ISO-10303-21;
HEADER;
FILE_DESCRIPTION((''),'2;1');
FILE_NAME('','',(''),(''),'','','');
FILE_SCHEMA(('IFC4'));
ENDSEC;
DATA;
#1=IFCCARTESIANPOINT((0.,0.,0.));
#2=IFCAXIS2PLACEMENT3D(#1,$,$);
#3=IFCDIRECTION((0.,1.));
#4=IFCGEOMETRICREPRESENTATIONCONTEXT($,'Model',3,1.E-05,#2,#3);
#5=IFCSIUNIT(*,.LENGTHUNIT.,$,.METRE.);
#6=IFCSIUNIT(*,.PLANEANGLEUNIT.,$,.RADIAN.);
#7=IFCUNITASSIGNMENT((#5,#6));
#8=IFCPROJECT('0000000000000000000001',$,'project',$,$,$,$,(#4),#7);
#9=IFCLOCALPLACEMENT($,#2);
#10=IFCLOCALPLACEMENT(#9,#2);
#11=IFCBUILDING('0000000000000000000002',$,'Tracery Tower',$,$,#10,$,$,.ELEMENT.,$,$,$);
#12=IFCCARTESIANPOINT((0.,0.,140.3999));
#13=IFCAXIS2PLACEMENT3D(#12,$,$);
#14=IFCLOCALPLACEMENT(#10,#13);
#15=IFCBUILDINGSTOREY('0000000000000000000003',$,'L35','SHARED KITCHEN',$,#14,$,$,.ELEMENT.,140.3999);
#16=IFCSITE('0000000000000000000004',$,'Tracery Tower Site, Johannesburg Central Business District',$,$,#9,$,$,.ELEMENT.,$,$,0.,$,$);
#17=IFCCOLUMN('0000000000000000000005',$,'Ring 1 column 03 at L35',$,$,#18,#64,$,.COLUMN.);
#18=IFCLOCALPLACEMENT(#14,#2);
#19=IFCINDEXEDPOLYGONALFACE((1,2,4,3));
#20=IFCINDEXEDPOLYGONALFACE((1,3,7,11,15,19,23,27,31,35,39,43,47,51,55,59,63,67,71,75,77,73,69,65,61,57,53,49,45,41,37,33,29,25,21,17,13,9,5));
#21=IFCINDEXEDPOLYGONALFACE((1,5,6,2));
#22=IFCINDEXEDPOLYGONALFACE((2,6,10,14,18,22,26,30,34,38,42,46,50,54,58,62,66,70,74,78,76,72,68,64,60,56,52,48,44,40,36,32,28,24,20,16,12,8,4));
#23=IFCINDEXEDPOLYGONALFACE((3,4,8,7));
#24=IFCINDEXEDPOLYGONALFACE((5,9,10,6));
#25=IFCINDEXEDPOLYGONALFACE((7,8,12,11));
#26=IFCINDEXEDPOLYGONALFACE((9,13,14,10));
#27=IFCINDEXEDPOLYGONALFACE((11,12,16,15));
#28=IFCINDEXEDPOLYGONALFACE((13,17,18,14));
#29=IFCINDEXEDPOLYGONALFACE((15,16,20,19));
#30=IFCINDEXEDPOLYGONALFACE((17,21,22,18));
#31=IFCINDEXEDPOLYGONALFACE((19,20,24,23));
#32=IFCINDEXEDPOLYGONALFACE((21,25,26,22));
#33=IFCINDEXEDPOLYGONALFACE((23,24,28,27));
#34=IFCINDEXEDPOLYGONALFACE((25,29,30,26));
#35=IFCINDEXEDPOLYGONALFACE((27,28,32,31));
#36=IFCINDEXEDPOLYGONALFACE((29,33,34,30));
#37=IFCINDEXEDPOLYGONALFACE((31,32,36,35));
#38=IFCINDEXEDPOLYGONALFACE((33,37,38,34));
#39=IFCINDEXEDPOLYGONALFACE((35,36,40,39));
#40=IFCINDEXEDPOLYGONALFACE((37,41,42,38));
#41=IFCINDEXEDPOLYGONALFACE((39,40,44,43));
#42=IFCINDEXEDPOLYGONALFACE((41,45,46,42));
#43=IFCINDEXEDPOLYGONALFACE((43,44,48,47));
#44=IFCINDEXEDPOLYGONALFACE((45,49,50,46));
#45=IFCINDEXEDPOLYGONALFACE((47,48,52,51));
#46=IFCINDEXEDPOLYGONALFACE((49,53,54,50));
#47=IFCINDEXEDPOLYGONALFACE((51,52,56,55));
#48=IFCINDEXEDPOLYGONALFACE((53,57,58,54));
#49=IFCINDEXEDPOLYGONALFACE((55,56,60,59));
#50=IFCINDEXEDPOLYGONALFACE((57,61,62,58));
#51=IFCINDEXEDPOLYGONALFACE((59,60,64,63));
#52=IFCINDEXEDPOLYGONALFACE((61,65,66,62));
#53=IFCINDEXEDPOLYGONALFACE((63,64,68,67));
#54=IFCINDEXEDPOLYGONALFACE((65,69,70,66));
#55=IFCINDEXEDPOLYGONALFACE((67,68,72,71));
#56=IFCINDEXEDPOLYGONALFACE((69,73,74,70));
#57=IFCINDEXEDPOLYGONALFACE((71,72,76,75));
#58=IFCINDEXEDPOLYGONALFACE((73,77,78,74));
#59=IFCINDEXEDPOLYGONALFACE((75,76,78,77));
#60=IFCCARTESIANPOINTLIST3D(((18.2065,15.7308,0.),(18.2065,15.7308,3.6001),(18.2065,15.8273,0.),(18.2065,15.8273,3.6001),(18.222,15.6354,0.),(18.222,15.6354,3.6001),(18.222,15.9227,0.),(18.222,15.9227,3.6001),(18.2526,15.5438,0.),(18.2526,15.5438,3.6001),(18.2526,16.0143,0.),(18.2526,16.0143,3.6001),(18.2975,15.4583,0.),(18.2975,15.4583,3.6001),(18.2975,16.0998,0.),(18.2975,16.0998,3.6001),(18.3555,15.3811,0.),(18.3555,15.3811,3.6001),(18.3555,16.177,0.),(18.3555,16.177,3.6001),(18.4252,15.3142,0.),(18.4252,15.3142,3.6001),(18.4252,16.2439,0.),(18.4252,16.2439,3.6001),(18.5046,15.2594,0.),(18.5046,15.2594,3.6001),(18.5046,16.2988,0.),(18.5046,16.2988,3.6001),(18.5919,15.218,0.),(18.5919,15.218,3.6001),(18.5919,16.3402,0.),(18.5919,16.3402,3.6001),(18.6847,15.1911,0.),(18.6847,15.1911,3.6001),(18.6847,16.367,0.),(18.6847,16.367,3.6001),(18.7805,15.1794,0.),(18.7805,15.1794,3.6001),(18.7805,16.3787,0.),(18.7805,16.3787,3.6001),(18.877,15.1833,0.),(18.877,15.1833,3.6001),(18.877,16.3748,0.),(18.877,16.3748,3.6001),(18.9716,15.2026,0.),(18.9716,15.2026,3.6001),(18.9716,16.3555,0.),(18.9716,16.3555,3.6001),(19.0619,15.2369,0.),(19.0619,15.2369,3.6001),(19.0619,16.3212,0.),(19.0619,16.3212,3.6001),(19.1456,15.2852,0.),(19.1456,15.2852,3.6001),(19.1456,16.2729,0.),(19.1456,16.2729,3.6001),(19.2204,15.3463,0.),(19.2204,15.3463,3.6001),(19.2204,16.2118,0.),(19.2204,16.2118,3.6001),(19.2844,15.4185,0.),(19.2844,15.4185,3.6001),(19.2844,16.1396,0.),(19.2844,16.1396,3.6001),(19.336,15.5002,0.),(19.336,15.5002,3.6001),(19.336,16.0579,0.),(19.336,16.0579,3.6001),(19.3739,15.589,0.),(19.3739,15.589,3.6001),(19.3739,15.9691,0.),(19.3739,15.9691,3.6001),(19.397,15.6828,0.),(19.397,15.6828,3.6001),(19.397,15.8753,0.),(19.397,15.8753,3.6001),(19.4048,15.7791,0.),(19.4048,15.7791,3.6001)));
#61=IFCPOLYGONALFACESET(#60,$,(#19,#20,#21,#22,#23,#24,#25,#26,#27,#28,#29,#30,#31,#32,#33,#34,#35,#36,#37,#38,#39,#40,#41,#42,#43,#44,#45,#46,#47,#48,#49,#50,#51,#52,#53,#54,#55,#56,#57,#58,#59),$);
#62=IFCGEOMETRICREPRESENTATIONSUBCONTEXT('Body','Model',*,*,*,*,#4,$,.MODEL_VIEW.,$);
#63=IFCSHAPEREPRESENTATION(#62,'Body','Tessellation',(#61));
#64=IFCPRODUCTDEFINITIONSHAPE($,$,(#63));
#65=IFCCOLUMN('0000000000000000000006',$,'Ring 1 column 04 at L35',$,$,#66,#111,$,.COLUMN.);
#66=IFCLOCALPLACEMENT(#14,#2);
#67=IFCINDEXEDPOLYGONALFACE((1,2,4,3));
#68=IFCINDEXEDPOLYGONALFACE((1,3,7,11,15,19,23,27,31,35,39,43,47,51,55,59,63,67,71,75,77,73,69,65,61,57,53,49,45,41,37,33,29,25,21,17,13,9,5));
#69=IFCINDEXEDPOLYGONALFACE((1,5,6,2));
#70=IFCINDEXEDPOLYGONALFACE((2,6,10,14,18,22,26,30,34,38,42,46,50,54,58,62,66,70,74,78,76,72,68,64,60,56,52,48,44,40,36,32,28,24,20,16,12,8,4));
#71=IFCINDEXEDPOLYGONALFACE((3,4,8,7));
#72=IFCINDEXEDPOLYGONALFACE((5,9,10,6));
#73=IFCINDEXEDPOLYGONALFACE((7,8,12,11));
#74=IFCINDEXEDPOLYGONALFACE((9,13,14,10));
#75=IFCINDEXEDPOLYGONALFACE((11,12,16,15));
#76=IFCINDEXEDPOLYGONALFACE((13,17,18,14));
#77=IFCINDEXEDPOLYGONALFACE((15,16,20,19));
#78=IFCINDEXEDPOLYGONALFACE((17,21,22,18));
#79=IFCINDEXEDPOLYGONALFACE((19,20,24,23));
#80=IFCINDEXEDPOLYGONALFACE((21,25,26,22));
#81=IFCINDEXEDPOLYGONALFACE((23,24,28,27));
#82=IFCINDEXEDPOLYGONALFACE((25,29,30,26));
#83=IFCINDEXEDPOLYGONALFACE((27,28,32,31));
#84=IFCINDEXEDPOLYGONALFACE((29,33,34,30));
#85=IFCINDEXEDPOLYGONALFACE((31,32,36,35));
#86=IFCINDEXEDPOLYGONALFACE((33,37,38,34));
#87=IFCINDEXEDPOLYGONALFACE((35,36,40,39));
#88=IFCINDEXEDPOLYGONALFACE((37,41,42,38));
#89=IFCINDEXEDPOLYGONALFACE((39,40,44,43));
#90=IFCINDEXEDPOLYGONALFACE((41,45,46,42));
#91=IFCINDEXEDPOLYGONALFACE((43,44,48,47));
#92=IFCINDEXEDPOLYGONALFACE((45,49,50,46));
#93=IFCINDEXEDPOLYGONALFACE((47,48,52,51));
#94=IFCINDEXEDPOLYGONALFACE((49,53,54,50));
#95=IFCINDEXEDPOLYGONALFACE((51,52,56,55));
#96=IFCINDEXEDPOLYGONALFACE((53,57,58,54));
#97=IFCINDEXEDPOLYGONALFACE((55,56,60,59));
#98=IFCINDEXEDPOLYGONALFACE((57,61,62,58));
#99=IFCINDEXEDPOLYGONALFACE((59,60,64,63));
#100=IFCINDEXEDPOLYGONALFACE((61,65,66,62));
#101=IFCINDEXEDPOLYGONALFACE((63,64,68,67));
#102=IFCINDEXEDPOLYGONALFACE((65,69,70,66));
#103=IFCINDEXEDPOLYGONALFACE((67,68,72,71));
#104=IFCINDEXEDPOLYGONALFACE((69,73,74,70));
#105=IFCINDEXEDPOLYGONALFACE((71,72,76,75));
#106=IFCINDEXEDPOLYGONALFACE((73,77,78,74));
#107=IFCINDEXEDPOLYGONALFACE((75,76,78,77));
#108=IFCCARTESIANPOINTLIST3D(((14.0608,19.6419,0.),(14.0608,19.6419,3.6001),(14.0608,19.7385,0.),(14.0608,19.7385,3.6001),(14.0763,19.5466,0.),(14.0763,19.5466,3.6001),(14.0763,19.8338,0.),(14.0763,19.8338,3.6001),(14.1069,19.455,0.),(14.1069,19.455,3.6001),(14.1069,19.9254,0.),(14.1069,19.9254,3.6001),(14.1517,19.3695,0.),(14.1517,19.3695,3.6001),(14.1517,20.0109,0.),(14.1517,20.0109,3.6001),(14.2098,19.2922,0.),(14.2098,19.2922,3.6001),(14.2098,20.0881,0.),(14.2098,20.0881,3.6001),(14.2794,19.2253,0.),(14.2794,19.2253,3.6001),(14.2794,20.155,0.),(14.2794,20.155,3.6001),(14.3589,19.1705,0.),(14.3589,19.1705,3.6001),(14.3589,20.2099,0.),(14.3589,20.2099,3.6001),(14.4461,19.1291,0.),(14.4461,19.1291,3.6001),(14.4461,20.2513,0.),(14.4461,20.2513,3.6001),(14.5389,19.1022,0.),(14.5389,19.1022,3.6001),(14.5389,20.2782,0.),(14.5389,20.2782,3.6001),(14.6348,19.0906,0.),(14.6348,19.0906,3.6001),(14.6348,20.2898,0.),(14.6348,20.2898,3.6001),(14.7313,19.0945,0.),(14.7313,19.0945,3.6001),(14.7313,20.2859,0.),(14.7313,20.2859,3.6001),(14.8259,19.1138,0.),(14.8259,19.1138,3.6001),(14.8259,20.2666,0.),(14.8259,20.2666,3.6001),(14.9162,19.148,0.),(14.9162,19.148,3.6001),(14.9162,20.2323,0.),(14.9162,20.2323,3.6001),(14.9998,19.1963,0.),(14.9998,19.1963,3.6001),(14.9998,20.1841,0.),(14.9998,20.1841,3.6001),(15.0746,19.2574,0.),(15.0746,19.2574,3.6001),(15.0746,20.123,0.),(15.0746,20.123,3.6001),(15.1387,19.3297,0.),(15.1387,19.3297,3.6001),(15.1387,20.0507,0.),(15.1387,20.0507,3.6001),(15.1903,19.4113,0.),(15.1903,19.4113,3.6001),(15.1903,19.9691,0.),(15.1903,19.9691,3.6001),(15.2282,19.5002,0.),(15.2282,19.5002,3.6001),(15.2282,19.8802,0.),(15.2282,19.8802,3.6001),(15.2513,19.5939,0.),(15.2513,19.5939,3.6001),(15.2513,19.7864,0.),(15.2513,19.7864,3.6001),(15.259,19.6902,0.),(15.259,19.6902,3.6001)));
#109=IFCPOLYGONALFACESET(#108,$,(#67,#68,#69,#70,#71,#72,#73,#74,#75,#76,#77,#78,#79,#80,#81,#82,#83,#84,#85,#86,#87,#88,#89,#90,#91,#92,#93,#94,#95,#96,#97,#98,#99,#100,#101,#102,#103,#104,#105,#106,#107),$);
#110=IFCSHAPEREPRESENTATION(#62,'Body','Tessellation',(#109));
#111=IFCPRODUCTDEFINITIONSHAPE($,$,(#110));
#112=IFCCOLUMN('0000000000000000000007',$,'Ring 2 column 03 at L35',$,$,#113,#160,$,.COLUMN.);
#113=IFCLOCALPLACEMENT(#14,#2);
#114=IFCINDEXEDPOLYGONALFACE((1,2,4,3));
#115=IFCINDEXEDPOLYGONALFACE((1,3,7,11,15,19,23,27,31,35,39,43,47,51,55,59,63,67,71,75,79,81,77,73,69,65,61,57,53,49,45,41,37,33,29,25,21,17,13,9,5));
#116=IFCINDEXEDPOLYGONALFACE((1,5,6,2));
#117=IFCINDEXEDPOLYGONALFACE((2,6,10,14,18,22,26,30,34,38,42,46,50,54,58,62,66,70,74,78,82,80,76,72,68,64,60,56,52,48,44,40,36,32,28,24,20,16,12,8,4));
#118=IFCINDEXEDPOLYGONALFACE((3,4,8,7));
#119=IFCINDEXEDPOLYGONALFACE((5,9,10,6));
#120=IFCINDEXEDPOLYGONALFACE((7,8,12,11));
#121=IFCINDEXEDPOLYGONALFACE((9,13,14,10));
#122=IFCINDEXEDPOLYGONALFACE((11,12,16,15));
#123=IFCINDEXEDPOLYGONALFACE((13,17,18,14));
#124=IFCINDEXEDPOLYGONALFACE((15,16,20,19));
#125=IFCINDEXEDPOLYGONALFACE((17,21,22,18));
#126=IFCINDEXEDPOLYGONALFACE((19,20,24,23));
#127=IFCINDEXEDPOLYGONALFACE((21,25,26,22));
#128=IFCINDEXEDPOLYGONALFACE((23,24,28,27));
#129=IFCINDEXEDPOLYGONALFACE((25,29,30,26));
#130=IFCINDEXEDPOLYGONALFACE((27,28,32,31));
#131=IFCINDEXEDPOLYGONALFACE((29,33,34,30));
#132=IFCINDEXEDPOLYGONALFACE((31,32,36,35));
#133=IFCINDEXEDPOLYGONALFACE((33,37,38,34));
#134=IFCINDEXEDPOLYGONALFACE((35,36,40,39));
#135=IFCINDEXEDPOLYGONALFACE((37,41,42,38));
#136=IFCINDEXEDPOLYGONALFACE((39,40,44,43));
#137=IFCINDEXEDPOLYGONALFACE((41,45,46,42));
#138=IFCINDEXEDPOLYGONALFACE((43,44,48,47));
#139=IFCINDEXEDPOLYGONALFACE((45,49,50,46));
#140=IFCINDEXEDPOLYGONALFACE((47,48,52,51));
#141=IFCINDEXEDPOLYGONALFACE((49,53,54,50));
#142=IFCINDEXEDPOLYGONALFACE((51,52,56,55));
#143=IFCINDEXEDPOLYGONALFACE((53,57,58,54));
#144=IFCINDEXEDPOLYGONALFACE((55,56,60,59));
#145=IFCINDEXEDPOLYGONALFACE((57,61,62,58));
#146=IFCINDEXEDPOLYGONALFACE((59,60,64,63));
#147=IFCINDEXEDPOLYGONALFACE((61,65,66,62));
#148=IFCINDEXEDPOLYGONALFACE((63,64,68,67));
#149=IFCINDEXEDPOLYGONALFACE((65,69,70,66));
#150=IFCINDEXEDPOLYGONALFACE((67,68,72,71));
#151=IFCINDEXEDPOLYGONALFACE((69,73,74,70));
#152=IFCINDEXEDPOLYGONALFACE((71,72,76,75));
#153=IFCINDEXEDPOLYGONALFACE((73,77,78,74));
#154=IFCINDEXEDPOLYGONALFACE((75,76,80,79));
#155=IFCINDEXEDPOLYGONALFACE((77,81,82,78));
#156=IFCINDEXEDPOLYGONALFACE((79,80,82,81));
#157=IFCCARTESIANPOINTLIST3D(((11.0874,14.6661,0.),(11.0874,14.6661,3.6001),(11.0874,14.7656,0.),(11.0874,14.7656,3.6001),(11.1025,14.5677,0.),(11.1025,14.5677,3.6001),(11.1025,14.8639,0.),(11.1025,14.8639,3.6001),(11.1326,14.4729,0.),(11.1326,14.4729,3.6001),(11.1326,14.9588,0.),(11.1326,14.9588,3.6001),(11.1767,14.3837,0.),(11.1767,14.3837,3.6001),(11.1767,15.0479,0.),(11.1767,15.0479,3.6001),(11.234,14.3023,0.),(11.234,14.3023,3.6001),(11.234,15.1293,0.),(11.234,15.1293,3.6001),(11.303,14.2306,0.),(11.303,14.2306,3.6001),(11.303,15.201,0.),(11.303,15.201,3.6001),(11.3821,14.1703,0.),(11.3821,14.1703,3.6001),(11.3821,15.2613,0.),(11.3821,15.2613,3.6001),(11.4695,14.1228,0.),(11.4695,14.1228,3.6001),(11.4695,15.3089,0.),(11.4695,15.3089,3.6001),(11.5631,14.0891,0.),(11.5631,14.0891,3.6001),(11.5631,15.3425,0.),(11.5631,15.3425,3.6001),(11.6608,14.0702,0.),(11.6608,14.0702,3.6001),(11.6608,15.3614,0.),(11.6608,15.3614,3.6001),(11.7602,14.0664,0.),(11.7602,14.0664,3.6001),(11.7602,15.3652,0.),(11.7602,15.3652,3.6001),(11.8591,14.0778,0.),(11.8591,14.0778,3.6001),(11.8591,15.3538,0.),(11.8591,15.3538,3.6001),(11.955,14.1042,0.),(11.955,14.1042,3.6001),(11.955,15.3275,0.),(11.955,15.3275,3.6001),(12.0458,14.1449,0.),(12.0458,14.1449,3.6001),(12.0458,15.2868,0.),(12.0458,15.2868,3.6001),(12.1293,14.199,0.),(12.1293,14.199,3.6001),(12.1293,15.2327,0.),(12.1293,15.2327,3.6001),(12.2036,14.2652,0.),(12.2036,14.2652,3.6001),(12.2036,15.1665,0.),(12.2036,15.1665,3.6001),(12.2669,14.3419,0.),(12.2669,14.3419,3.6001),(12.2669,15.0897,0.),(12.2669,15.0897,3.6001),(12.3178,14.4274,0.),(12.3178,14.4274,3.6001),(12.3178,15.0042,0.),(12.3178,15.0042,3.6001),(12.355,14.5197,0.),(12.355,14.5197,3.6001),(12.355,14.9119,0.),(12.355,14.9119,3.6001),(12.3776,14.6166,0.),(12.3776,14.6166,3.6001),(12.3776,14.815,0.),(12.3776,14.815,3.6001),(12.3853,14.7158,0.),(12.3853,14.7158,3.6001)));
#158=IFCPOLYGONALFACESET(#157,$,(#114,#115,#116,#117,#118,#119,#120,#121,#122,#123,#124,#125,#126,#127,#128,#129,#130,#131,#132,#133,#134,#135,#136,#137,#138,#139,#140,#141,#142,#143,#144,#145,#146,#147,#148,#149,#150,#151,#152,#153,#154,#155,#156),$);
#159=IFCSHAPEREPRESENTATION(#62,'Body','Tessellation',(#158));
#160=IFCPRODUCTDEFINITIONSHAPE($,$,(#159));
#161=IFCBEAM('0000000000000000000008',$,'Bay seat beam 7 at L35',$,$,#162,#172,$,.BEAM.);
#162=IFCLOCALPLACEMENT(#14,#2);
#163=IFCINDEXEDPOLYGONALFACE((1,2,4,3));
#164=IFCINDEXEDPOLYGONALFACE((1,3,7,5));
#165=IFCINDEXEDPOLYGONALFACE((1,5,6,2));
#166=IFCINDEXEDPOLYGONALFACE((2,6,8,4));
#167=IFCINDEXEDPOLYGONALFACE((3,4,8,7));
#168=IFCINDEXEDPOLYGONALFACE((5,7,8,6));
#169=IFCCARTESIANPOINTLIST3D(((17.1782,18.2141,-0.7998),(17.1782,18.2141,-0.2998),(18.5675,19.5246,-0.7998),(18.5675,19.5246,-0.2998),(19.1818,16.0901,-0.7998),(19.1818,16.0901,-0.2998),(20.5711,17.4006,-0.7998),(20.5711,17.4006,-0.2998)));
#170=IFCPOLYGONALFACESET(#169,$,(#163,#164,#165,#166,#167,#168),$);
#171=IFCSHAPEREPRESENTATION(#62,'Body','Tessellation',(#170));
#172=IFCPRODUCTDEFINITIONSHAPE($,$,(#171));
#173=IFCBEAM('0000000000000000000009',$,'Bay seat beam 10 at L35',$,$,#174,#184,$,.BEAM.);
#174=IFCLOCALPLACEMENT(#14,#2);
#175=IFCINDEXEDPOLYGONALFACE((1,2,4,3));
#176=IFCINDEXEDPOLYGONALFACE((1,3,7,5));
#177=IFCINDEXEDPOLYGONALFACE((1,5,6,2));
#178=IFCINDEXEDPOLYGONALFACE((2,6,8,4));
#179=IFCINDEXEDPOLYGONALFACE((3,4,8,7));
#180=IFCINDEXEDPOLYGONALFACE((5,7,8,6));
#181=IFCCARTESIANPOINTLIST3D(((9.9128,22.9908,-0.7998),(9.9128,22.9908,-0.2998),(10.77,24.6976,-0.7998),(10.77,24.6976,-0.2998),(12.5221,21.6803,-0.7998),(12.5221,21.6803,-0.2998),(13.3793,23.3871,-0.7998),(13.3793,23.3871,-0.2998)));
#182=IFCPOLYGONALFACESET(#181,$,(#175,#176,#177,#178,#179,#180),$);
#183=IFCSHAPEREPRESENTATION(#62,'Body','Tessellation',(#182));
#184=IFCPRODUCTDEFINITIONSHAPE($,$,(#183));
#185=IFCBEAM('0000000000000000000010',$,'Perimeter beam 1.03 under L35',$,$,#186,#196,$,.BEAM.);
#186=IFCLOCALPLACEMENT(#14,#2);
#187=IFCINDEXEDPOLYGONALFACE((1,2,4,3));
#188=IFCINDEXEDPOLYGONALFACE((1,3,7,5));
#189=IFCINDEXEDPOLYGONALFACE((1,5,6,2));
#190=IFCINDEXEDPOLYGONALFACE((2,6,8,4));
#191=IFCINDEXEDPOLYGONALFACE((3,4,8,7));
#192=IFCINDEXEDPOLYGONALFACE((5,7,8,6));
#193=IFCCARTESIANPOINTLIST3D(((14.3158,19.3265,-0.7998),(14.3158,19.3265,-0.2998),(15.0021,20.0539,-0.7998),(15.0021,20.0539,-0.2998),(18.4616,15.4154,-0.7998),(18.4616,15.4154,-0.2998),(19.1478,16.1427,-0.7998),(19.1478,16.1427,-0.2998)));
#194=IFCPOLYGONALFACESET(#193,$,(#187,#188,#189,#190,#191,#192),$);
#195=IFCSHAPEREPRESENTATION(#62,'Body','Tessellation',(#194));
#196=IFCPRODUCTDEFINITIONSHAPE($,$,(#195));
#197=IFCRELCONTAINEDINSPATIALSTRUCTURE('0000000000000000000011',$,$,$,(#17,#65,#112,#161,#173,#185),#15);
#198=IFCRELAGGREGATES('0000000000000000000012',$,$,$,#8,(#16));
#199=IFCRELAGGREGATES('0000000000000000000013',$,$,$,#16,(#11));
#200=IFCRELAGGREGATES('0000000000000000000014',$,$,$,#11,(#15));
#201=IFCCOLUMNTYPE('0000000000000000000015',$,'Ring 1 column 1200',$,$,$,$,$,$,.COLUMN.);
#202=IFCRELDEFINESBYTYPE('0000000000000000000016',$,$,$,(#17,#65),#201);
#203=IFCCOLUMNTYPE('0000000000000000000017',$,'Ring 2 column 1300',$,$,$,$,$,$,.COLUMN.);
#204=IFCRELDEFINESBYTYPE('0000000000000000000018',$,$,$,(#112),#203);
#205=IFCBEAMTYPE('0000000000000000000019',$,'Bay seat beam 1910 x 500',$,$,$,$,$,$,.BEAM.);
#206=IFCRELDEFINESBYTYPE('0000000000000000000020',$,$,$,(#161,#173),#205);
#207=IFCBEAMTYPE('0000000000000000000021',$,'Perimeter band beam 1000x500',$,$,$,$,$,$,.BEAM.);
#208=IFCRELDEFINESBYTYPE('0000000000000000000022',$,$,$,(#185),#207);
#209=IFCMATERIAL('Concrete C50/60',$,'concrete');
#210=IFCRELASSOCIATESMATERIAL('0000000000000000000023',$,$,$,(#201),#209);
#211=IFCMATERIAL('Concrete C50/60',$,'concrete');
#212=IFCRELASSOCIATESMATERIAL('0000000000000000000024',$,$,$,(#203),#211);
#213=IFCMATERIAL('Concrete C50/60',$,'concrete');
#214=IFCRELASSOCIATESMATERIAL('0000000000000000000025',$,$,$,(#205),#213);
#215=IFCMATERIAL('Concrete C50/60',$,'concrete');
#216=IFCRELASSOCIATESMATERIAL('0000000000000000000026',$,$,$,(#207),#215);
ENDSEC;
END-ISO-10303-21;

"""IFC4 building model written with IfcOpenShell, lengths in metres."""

from ifc_helpers import new_model, si_unit, direction, frame, origin, origin_2d, place, context, subcontext, project, spatial, rectangle, circle, extrude, material, material_profile, profile_set, type_object, element, save


model = new_model("IFC4")

# Units and contexts
model_context = context("Model", 3, precision=1e-05, world=origin(), true_north=direction((0.0, 1.0)))
body_context = subcontext(model_context, "Body", "Model", "MODEL_VIEW")
ifc_project = project(units=[si_unit("LENGTHUNIT", "METRE"), si_unit("PLANEANGLEUNIT", "RADIAN")], contexts=[model_context])

# Site, building, storey
site_placement = place(None, origin())
site = spatial("IfcSite", under=ifc_project, at=site_placement, Name="Tracery Tower Site, Johannesburg Central Business District", CompositionType="ELEMENT", RefElevation=0.0)
building_placement = place(site_placement, origin())
building = spatial("IfcBuilding", under=site, at=building_placement, Name="Tracery Tower", CompositionType="ELEMENT")
storey_placement = place(building_placement, frame((0.0, 0.0, 140.3999)))
storey = spatial("IfcBuildingStorey", under=building, at=storey_placement, Name="L35", Description="SHARED KITCHEN", CompositionType="ELEMENT", Elevation=140.3999)

# Columns
ifc_material_1 = material(Name="Concrete C50/60", Category="concrete")
ifc_material_profile_1 = material_profile(ifc_material_1, circle(Radius=0.6001, at=origin_2d()), Name="RC D1200")
ifc_profile_set_1 = profile_set([ifc_material_profile_1], Name="Concrete C50/60")
column_type_1 = type_object("IfcColumnType", Name="Ring 1 column 1200", PredefinedType="COLUMN", material=ifc_profile_set_1)
for number, where, z_axis, x_axis, name in (
    (1, (18.8047, 15.7791, 0.0), (0.0, 0.0, 1.0), (1.0, 0.0, 0.0), "Ring 1 column 03 at L35"),
    (2, (14.6589, 19.6902, 0.0), (0.0, 0.0, 1.0), (1.0, 0.0, 0.0), "Ring 1 column 04 at L35"),
):
    element("IfcColumn", number, at=place(storey_placement, frame(where, z_axis=z_axis, x_axis=x_axis)), inside=storey, type_object=column_type_1, Name=name, PredefinedType="COLUMN", context=body_context, shape_type="SweptSolid", body=[
        extrude(circle(Radius=0.6001, at=origin_2d()), origin(), (0.0, 0.0, 1.0), 3.6001),
    ])
ifc_material_2 = material(Name="Concrete C50/60", Category="concrete")
ifc_material_profile_2 = material_profile(ifc_material_2, circle(Radius=0.6499, at=origin_2d()), Name="RC D1300")
ifc_profile_set_2 = profile_set([ifc_material_profile_2], Name="Concrete C50/60")
column_type_2 = type_object("IfcColumnType", Name="Ring 2 column 1300", PredefinedType="COLUMN", material=ifc_profile_set_2)
column_placement = place(storey_placement, frame((11.7354, 14.7158, 0.0), z_axis=(0.0, 0.0, 1.0), x_axis=(1.0, 0.0, 0.0)))
element("IfcColumn", 3, at=column_placement, inside=storey, type_object=column_type_2, Name="Ring 2 column 03 at L35", PredefinedType="COLUMN", context=body_context, shape_type="SweptSolid", body=[
    extrude(circle(Radius=0.6499, at=origin_2d()), origin(), (0.0, 0.0, 1.0), 3.6001),
])

# Beams
ifc_material_3 = material(Name="Concrete C50/60", Category="concrete")
ifc_material_profile_3 = material_profile(ifc_material_3, rectangle(XDim=1.9099, YDim=0.5, at=origin_2d()), Name="RC 1910x500")
ifc_profile_set_3 = profile_set([ifc_material_profile_3], Name="Concrete C50/60")
beam_type_1 = type_object("IfcBeamType", Name="Bay seat beam 1910 x 500", PredefinedType="BEAM", material=ifc_profile_set_3)
for number, where, z_axis, x_axis, name in (
    (4, (19.8765, 16.7454, -0.5498), (-0.686196, 0.727416, 0.0), (-0.727416, -0.686196, 0.0), "Bay seat beam 7 at L35"),
    (5, (12.9507, 22.5337, -0.5498), (-0.893623, 0.448818, 0.0), (-0.448818, -0.893623, 0.0), "Bay seat beam 10 at L35"),
):
    element("IfcBeam", number, at=place(storey_placement, frame(where, z_axis=z_axis, x_axis=x_axis)), inside=storey, type_object=beam_type_1, Name=name, PredefinedType="BEAM", context=body_context, shape_type="SweptSolid", body=[
        extrude(rectangle(XDim=1.9099, YDim=0.5, at=origin_2d()), origin(), (0.0, 0.0, 1.0), 2.9199),
    ])
ifc_material_4 = material(Name="Concrete C50/60", Category="concrete")
ifc_material_profile_4 = material_profile(ifc_material_4, rectangle(XDim=1.0, YDim=0.5, at=origin_2d()), Name="RC 1000x500")
ifc_profile_set_4 = profile_set([ifc_material_profile_4], Name="Concrete C50/60")
beam_type_2 = type_object("IfcBeamType", Name="Perimeter band beam 1000x500", PredefinedType="BEAM", material=ifc_profile_set_4)
beam_1_placement = place(storey_placement, frame((18.8047, 15.7791, -0.5498), z_axis=(-0.72739, 0.686225, 0.0), x_axis=(-0.686225, -0.72739, 0.0)))
element("IfcBeam", 6, at=beam_1_placement, inside=storey, type_object=beam_type_2, Name="Perimeter beam 1.03 under L35", PredefinedType="BEAM", context=body_context, shape_type="SweptSolid", body=[
    extrude(rectangle(XDim=1.0, YDim=0.5, at=origin_2d()), origin(), (0.0, 0.0, 1.0), 5.6995),
])

save(model, "model.ifc")
